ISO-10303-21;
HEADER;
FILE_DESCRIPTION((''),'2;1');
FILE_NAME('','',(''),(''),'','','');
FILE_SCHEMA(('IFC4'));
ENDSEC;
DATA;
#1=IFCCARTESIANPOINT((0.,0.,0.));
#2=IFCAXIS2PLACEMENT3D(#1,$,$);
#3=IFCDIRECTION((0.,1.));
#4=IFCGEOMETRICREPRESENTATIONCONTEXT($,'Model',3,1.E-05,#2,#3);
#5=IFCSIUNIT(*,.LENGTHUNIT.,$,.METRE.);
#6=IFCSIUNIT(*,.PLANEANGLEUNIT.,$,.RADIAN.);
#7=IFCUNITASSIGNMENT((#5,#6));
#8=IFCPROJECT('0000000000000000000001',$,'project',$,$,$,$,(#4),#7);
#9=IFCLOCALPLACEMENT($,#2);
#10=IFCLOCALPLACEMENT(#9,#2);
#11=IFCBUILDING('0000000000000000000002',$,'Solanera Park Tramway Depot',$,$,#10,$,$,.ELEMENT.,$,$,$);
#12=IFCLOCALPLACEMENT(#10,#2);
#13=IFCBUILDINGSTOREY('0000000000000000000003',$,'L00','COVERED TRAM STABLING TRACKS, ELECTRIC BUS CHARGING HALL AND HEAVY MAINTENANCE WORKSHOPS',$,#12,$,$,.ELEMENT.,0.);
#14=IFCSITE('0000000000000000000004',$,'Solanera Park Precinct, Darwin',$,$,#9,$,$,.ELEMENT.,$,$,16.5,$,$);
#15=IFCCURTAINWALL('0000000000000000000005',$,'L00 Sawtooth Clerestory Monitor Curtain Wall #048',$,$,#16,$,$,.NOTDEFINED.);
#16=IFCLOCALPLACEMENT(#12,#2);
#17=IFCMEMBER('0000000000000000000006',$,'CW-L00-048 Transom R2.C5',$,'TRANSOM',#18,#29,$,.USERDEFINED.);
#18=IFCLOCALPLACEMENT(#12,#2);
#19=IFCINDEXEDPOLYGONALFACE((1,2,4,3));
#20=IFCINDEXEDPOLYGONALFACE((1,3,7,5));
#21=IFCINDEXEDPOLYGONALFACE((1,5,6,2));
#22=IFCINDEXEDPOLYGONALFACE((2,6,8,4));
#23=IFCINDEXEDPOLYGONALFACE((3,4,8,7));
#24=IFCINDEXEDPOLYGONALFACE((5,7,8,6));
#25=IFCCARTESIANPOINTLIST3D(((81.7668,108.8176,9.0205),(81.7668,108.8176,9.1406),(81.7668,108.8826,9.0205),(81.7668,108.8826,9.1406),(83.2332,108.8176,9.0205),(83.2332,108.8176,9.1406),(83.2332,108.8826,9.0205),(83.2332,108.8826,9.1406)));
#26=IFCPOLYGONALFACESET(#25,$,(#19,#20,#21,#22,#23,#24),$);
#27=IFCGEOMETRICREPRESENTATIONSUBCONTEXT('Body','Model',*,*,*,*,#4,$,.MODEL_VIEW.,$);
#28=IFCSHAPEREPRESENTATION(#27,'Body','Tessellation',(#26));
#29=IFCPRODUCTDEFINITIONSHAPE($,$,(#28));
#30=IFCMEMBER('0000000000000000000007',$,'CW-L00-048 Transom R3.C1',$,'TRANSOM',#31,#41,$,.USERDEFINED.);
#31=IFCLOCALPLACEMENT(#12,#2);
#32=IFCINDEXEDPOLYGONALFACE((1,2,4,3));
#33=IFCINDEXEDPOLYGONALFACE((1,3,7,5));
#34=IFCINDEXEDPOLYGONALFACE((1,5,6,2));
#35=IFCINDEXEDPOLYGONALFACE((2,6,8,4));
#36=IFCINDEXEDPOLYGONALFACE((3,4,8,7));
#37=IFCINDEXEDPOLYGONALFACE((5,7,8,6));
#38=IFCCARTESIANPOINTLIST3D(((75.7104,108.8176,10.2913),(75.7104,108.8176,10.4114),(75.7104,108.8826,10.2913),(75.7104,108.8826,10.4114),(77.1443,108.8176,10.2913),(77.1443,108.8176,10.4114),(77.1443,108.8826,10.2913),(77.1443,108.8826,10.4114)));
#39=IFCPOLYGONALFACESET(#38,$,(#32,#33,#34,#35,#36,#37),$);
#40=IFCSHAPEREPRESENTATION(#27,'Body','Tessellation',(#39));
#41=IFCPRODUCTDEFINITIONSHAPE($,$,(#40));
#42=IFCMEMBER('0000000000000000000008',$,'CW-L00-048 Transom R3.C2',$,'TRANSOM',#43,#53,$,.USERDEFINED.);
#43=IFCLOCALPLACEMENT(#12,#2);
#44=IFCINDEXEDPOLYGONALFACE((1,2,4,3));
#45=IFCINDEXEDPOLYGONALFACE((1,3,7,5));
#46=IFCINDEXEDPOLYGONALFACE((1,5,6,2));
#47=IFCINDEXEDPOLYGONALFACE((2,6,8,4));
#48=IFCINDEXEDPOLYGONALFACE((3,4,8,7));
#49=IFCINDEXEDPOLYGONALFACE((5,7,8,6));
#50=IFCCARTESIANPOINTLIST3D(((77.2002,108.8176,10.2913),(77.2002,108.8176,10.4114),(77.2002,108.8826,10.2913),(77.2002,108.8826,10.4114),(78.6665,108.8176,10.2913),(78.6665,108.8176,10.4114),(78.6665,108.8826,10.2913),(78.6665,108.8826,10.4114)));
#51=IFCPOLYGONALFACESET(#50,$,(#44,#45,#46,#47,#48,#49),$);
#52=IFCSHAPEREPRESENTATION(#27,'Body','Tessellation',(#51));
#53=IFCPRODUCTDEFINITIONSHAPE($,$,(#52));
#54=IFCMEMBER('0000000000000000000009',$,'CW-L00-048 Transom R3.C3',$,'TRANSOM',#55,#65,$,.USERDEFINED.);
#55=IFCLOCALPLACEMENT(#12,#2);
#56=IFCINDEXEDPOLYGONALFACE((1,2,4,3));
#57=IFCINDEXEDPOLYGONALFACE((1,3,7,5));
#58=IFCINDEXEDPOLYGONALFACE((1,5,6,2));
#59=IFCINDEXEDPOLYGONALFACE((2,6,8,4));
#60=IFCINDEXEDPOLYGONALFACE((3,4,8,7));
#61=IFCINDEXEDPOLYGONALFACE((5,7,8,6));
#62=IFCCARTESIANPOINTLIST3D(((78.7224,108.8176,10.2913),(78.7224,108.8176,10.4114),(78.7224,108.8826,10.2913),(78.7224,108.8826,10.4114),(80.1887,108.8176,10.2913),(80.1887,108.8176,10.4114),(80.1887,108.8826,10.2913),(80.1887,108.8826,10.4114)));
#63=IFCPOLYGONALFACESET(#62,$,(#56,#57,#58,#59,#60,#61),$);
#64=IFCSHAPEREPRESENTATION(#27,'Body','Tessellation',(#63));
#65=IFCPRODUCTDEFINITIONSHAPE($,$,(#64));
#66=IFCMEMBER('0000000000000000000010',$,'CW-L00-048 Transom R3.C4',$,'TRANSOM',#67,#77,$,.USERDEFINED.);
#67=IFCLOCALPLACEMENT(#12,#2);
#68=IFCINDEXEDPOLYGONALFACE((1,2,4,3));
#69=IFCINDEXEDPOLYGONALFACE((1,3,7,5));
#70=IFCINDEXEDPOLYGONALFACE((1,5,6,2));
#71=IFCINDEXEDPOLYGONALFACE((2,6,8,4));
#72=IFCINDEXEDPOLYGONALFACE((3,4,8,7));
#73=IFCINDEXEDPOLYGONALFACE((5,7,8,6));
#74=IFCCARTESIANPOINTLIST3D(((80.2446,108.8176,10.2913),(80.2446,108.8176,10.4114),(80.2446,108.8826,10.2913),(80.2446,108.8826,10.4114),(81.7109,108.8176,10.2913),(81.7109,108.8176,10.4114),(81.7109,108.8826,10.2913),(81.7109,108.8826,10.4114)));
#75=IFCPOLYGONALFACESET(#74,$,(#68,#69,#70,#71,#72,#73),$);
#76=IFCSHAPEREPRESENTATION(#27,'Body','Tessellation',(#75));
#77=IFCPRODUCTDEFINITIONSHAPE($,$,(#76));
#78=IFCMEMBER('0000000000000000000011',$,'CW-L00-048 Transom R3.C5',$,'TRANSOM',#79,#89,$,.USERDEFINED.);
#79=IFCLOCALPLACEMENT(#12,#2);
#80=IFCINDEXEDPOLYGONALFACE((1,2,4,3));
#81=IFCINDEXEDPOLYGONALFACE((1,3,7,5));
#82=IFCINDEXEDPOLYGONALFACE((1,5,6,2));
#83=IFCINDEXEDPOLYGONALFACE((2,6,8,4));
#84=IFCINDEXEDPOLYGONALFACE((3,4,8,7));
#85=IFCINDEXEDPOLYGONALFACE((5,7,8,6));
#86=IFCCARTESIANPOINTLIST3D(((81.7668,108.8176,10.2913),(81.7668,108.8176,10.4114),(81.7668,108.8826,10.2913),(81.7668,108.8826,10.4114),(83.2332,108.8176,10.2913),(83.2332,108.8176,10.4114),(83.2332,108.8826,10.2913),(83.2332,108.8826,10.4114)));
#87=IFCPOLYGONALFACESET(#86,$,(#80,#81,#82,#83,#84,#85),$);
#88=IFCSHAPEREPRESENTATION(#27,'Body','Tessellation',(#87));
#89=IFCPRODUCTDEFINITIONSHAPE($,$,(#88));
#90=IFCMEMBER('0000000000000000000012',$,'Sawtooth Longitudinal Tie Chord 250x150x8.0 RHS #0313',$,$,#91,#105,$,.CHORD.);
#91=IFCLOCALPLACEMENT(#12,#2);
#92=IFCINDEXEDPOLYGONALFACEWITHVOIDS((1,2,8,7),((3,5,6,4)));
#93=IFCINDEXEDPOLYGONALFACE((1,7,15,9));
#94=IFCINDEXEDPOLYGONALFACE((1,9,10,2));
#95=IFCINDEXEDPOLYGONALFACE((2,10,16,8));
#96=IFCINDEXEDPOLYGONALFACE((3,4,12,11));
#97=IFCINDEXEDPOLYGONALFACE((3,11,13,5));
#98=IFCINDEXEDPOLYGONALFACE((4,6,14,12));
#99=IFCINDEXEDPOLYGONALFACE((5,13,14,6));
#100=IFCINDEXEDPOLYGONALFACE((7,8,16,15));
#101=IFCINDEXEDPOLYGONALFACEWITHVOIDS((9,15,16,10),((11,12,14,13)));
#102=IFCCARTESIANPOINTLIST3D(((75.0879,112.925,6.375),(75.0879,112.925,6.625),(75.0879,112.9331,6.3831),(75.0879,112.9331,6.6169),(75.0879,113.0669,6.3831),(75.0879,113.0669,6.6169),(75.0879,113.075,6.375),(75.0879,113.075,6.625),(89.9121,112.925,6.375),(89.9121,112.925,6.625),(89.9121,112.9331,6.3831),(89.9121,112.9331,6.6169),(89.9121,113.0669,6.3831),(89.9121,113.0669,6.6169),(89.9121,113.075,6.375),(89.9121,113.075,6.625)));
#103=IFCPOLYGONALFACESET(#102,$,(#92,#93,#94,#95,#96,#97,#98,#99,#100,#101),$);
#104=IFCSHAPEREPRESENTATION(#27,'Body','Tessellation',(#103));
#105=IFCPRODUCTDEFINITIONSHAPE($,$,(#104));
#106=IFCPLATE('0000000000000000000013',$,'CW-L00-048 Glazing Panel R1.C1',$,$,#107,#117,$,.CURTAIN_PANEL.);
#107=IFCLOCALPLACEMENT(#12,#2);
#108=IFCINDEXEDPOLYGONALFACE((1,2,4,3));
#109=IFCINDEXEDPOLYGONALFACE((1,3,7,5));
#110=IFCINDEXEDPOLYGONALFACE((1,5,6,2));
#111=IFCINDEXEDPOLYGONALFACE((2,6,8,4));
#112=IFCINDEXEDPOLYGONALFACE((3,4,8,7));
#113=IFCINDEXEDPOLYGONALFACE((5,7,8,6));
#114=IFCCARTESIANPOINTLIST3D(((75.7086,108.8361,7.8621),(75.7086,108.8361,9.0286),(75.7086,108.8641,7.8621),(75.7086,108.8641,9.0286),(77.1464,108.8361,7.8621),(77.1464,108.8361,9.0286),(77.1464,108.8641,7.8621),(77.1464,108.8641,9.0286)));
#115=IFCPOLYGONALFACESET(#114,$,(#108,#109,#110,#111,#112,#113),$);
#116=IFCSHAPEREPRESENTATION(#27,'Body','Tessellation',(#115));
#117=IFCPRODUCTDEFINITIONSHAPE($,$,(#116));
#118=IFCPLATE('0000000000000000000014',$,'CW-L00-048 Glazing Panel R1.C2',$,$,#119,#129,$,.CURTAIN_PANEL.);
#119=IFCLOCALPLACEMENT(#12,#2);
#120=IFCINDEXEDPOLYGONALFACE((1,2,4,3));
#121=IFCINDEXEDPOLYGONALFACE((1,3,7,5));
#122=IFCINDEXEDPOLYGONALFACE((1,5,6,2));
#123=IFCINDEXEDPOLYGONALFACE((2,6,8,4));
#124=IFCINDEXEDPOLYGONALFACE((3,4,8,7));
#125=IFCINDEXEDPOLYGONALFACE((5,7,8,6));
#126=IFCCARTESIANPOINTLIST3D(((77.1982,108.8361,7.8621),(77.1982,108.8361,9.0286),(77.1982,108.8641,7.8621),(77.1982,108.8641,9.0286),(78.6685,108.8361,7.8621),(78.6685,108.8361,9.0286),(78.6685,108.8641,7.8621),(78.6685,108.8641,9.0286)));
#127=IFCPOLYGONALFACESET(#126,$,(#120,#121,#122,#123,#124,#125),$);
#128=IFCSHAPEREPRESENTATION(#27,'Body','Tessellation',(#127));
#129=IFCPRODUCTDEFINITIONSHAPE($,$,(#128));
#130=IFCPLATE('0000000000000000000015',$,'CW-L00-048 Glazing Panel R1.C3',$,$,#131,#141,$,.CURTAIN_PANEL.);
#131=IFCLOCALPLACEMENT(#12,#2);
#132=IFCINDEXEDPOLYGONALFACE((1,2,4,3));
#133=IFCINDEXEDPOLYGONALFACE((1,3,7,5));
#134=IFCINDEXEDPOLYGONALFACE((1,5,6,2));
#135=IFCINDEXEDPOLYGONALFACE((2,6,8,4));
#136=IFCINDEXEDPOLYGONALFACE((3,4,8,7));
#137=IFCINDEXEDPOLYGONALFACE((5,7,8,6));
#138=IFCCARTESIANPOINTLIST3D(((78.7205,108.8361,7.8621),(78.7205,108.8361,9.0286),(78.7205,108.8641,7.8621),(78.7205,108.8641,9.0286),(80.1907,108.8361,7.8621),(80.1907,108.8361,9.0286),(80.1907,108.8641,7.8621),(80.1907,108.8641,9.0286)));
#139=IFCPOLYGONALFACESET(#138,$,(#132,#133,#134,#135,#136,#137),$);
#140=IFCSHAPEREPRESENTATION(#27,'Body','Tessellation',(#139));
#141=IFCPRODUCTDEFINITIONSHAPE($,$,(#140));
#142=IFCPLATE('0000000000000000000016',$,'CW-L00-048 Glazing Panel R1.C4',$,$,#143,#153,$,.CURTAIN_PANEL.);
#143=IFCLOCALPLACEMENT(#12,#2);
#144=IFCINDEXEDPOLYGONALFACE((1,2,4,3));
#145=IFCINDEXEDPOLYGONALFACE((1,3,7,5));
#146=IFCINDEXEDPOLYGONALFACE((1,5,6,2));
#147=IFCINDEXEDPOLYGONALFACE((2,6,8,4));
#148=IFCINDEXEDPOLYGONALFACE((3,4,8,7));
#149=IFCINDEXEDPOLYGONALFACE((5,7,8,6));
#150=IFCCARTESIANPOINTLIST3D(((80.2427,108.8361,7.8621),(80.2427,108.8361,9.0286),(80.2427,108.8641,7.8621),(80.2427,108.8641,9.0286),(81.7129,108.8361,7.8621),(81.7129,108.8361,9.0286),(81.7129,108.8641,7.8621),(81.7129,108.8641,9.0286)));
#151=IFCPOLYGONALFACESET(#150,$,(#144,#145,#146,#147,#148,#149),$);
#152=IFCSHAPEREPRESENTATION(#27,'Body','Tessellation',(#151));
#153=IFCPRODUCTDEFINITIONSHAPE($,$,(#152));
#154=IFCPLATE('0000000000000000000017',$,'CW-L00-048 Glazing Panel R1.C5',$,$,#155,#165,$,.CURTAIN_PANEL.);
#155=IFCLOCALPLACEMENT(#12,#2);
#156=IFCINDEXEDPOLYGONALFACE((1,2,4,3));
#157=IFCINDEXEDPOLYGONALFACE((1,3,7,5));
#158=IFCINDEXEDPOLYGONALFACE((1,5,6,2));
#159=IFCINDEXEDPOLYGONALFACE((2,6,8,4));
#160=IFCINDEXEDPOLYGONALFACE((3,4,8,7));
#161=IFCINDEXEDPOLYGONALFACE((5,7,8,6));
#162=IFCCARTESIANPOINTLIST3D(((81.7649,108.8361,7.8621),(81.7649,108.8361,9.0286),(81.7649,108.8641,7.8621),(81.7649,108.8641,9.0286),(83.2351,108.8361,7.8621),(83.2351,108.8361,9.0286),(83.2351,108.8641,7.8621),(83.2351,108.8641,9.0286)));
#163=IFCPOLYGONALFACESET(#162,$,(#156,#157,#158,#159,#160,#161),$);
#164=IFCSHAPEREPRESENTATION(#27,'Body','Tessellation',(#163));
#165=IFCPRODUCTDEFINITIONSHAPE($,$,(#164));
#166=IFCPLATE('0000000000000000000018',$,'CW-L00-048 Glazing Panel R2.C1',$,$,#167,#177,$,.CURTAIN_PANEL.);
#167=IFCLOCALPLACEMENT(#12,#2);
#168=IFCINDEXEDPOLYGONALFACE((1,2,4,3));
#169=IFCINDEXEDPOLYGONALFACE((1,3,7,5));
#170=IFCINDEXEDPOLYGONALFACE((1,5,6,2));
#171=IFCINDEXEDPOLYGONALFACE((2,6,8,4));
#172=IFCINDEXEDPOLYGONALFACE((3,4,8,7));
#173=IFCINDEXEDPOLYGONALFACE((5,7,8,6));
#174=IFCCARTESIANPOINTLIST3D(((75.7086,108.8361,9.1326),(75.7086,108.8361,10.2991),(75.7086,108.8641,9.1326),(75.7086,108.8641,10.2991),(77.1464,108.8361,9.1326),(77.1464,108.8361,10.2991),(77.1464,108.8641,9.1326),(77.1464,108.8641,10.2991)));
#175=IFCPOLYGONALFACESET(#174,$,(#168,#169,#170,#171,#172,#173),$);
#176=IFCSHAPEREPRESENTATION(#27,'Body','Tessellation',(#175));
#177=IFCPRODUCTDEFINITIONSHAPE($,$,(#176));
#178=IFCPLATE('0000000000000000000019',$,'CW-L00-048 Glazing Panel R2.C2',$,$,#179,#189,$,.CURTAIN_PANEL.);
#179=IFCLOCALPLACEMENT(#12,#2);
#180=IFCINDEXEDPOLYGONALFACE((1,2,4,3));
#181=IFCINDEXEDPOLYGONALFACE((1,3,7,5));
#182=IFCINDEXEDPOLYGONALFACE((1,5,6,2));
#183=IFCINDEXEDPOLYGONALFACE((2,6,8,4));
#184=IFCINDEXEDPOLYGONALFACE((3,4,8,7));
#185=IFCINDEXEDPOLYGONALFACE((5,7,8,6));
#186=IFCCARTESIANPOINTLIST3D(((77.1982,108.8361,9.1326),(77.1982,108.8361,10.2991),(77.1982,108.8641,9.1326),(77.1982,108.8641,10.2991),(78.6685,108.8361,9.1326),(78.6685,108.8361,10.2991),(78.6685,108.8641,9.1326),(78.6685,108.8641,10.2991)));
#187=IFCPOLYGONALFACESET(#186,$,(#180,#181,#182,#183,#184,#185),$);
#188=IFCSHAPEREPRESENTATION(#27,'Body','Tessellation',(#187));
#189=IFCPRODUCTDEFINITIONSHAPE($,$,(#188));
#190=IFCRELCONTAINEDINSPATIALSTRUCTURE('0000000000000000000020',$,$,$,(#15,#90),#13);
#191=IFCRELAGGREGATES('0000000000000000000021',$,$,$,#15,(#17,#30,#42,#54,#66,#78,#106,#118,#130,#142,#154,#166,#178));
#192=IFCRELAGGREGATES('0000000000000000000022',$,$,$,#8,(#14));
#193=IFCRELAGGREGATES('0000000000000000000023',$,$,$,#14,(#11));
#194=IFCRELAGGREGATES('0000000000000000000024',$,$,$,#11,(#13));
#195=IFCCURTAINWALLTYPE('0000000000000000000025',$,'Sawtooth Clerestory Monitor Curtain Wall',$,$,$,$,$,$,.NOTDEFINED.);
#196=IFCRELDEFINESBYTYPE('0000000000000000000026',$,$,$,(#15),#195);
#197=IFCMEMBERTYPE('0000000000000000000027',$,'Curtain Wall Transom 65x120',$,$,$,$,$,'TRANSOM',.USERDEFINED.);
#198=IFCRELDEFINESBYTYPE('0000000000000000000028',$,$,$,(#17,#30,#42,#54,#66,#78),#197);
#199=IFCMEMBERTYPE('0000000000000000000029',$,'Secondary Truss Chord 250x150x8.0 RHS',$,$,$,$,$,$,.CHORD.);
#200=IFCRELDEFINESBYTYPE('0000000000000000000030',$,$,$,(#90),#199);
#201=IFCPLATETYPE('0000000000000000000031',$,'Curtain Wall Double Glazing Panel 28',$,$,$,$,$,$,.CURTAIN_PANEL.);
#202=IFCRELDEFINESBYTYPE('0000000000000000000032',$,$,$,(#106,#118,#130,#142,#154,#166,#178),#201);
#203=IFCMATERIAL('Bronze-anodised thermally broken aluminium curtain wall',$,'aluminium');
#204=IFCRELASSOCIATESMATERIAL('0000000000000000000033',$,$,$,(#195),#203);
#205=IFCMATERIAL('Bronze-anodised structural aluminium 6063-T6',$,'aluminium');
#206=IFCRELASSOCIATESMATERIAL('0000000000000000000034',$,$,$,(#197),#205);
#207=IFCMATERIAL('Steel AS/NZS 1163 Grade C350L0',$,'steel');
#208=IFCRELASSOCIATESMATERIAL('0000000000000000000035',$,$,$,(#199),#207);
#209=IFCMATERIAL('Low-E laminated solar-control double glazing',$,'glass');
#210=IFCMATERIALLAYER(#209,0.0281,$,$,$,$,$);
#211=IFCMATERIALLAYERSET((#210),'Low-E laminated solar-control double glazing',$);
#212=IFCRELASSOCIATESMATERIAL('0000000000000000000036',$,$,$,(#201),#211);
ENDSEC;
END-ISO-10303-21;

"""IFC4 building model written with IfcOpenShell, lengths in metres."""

from ifc_helpers import new_model, si_unit, direction, frame, origin, origin_2d, place, context, subcontext, project, spatial, rectangle, hollow_rectangle, extrude, material, layer, layer_set, material_profile, profile_set, type_object, element, aggregate, save


model = new_model("IFC4")

# Units and contexts
model_context = context("Model", 3, precision=1e-05, world=origin(), true_north=direction((0.0, 1.0)))
body_context = subcontext(model_context, "Body", "Model", "MODEL_VIEW")
ifc_project = project(units=[si_unit("LENGTHUNIT", "METRE"), si_unit("PLANEANGLEUNIT", "RADIAN")], contexts=[model_context])

# Site, building, storey
site_placement = place(None, origin())
site = spatial("IfcSite", under=ifc_project, at=site_placement, Name="Solanera Park Precinct, Darwin", CompositionType="ELEMENT", RefElevation=16.5)
building_placement = place(site_placement, origin())
building = spatial("IfcBuilding", under=site, at=building_placement, Name="Solanera Park Tramway Depot", CompositionType="ELEMENT")
storey_placement = place(building_placement, origin())
storey = spatial("IfcBuildingStorey", under=building, at=storey_placement, Name="L00", Description="COVERED TRAM STABLING TRACKS, ELECTRIC BUS CHARGING HALL AND HEAVY MAINTENANCE WORKSHOPS", CompositionType="ELEMENT", Elevation=0.0)

# Curtain wall, members
ifc_material_1 = material(Name="Bronze-anodised thermally broken aluminium curtain wall", Category="aluminium")
curtain_wall_type = type_object("IfcCurtainWallType", Name="Sawtooth Clerestory Monitor Curtain Wall", PredefinedType="NOTDEFINED", material=ifc_material_1)
curtain_wall_placement = place(storey_placement, origin())
curtain_wall = element("IfcCurtainWall", 1, at=curtain_wall_placement, inside=storey, type_object=curtain_wall_type, Name="L00 Sawtooth Clerestory Monitor Curtain Wall #048", PredefinedType="NOTDEFINED")
ifc_material_2 = material(Name="Bronze-anodised structural aluminium 6063-T6", Category="aluminium")
ifc_material_profile_1 = material_profile(ifc_material_2, rectangle(XDim=0.0649, YDim=0.1201, at=origin_2d()), Name="Curtain Wall Transom 65x120")
ifc_profile_set_1 = profile_set([ifc_material_profile_1], Name="Bronze-anodised structural aluminium 6063-T6")
member_type_1 = type_object("IfcMemberType", Name="Curtain Wall Transom 65x120", ElementType="TRANSOM", PredefinedType="USERDEFINED", material=ifc_profile_set_1)
member_1_placement = place(storey_placement, frame((81.7668, 108.8501, 9.0806), z_axis=(1.0, 0.0, 0.0), x_axis=(0.0, 1.0, 0.0)))
member_1 = element("IfcMember", 2, at=member_1_placement, type_object=member_type_1, Name="CW-L00-048 Transom R2.C5", ObjectType="TRANSOM", PredefinedType="USERDEFINED", context=body_context, shape_type="SweptSolid", body=[
    extrude(rectangle(XDim=0.0649, YDim=0.1201, at=origin_2d()), origin(), (0.0, 0.0, 1.0), 1.4663),
])
member_2_placement = place(storey_placement, frame((75.7104, 108.8501, 10.3513), z_axis=(1.0, 0.0, 0.0), x_axis=(0.0, 1.0, 0.0)))
member_2 = element("IfcMember", 3, at=member_2_placement, type_object=member_type_1, Name="CW-L00-048 Transom R3.C1", ObjectType="TRANSOM", PredefinedType="USERDEFINED", context=body_context, shape_type="SweptSolid", body=[
    extrude(rectangle(XDim=0.0649, YDim=0.1201, at=origin_2d()), origin(), (0.0, 0.0, 1.0), 1.4338),
])
member_3_placement = place(storey_placement, frame((77.2002, 108.8501, 10.3513), z_axis=(1.0, 0.0, 0.0), x_axis=(0.0, 1.0, 0.0)))
member_3 = element("IfcMember", 4, at=member_3_placement, type_object=member_type_1, Name="CW-L00-048 Transom R3.C2", ObjectType="TRANSOM", PredefinedType="USERDEFINED", context=body_context, shape_type="SweptSolid", body=[
    extrude(rectangle(XDim=0.0649, YDim=0.1201, at=origin_2d()), origin(), (0.0, 0.0, 1.0), 1.4663),
])
member_4_placement = place(storey_placement, frame((78.7224, 108.8501, 10.3513), z_axis=(1.0, 0.0, 0.0), x_axis=(0.0, 1.0, 0.0)))
member_4 = element("IfcMember", 5, at=member_4_placement, type_object=member_type_1, Name="CW-L00-048 Transom R3.C3", ObjectType="TRANSOM", PredefinedType="USERDEFINED", context=body_context, shape_type="SweptSolid", body=[
    extrude(rectangle(XDim=0.0649, YDim=0.1201, at=origin_2d()), origin(), (0.0, 0.0, 1.0), 1.4663),
])
member_5_placement = place(storey_placement, frame((80.2446, 108.8501, 10.3513), z_axis=(1.0, 0.0, 0.0), x_axis=(0.0, 1.0, 0.0)))
member_5 = element("IfcMember", 6, at=member_5_placement, type_object=member_type_1, Name="CW-L00-048 Transom R3.C4", ObjectType="TRANSOM", PredefinedType="USERDEFINED", context=body_context, shape_type="SweptSolid", body=[
    extrude(rectangle(XDim=0.0649, YDim=0.1201, at=origin_2d()), origin(), (0.0, 0.0, 1.0), 1.4663),
])
member_6_placement = place(storey_placement, frame((81.7668, 108.8501, 10.3513), z_axis=(1.0, 0.0, 0.0), x_axis=(0.0, 1.0, 0.0)))
member_6 = element("IfcMember", 7, at=member_6_placement, type_object=member_type_1, Name="CW-L00-048 Transom R3.C5", ObjectType="TRANSOM", PredefinedType="USERDEFINED", context=body_context, shape_type="SweptSolid", body=[
    extrude(rectangle(XDim=0.0649, YDim=0.1201, at=origin_2d()), origin(), (0.0, 0.0, 1.0), 1.4663),
])

# Member
ifc_material_3 = material(Name="Steel AS/NZS 1163 Grade C350L0", Category="steel")
ifc_material_profile_2 = material_profile(ifc_material_3, hollow_rectangle(XDim=0.1499, YDim=0.25, WallThickness=0.0081, at=origin_2d()), Name="250x150x8.0 RHS")
ifc_profile_set_2 = profile_set([ifc_material_profile_2], Name="Steel AS/NZS 1163 Grade C350L0")
member_type_2 = type_object("IfcMemberType", Name="Secondary Truss Chord 250x150x8.0 RHS", PredefinedType="CHORD", material=ifc_profile_set_2)
member_7_placement = place(storey_placement, frame((75.0879, 113.0, 6.5), z_axis=(1.0, 0.0, 0.0), x_axis=(0.0, 1.0, 0.0)))
element("IfcMember", 8, at=member_7_placement, inside=storey, type_object=member_type_2, Name="Sawtooth Longitudinal Tie Chord 250x150x8.0 RHS #0313", PredefinedType="CHORD", context=body_context, shape_type="SweptSolid", body=[
    extrude(hollow_rectangle(XDim=0.1499, YDim=0.25, WallThickness=0.0081, at=origin_2d()), origin(), (0.0, 0.0, 1.0), 14.8242),
])

# Plates
ifc_material_4 = material(Name="Low-E laminated solar-control double glazing", Category="glass")
ifc_layer_1 = layer(ifc_material_4, 0.0281)
ifc_layer_set_1 = layer_set([ifc_layer_1], Name="Low-E laminated solar-control double glazing")
plate_type_1 = type_object("IfcPlateType", Name="Curtain Wall Double Glazing Panel 28", PredefinedType="CURTAIN_PANEL", material=ifc_layer_set_1)
plate_1_placement = place(storey_placement, frame((76.4275, 108.8501, 7.8621), z_axis=(0.0, 0.0, 1.0), x_axis=(1.0, 0.0, 0.0)))
plate_1 = element("IfcPlate", 9, at=plate_1_placement, type_object=plate_type_1, Name="CW-L00-048 Glazing Panel R1.C1", PredefinedType="CURTAIN_PANEL", context=body_context, shape_type="SweptSolid", body=[
    extrude(rectangle(XDim=1.4377, YDim=0.0281, at=origin_2d()), origin(), (0.0, 0.0, 1.0), 1.1665),
])
plate_2_placement = place(storey_placement, frame((77.9333, 108.8501, 7.8621), z_axis=(0.0, 0.0, 1.0), x_axis=(1.0, 0.0, 0.0)))
plate_2 = element("IfcPlate", 10, at=plate_2_placement, type_object=plate_type_1, Name="CW-L00-048 Glazing Panel R1.C2", PredefinedType="CURTAIN_PANEL", context=body_context, shape_type="SweptSolid", body=[
    extrude(rectangle(XDim=1.4702, YDim=0.0281, at=origin_2d()), origin(), (0.0, 0.0, 1.0), 1.1665),
])
plate_3_placement = place(storey_placement, frame((79.4556, 108.8501, 7.8621), z_axis=(0.0, 0.0, 1.0), x_axis=(1.0, 0.0, 0.0)))
plate_3 = element("IfcPlate", 11, at=plate_3_placement, type_object=plate_type_1, Name="CW-L00-048 Glazing Panel R1.C3", PredefinedType="CURTAIN_PANEL", context=body_context, shape_type="SweptSolid", body=[
    extrude(rectangle(XDim=1.4702, YDim=0.0281, at=origin_2d()), origin(), (0.0, 0.0, 1.0), 1.1665),
])
plate_4_placement = place(storey_placement, frame((80.9778, 108.8501, 7.8621), z_axis=(0.0, 0.0, 1.0), x_axis=(1.0, 0.0, 0.0)))
plate_4 = element("IfcPlate", 12, at=plate_4_placement, type_object=plate_type_1, Name="CW-L00-048 Glazing Panel R1.C4", PredefinedType="CURTAIN_PANEL", context=body_context, shape_type="SweptSolid", body=[
    extrude(rectangle(XDim=1.4702, YDim=0.0281, at=origin_2d()), origin(), (0.0, 0.0, 1.0), 1.1665),
])
plate_5_placement = place(storey_placement, frame((82.5, 108.8501, 7.8621), z_axis=(0.0, 0.0, 1.0), x_axis=(1.0, 0.0, 0.0)))
plate_5 = element("IfcPlate", 13, at=plate_5_placement, type_object=plate_type_1, Name="CW-L00-048 Glazing Panel R1.C5", PredefinedType="CURTAIN_PANEL", context=body_context, shape_type="SweptSolid", body=[
    extrude(rectangle(XDim=1.4702, YDim=0.0281, at=origin_2d()), origin(), (0.0, 0.0, 1.0), 1.1665),
])
plate_6_placement = place(storey_placement, frame((76.4275, 108.8501, 9.1326), z_axis=(0.0, 0.0, 1.0), x_axis=(1.0, 0.0, 0.0)))
plate_6 = element("IfcPlate", 14, at=plate_6_placement, type_object=plate_type_1, Name="CW-L00-048 Glazing Panel R2.C1", PredefinedType="CURTAIN_PANEL", context=body_context, shape_type="SweptSolid", body=[
    extrude(rectangle(XDim=1.4377, YDim=0.0281, at=origin_2d()), origin(), (0.0, 0.0, 1.0), 1.1665),
])
plate_7_placement = place(storey_placement, frame((77.9333, 108.8501, 9.1326), z_axis=(0.0, 0.0, 1.0), x_axis=(1.0, 0.0, 0.0)))
plate_7 = element("IfcPlate", 15, at=plate_7_placement, type_object=plate_type_1, Name="CW-L00-048 Glazing Panel R2.C2", PredefinedType="CURTAIN_PANEL", context=body_context, shape_type="SweptSolid", body=[
    extrude(rectangle(XDim=1.4702, YDim=0.0281, at=origin_2d()), origin(), (0.0, 0.0, 1.0), 1.1665),
])
aggregate(curtain_wall, [member_1, member_2, member_3, member_4, member_5, member_6, plate_1, plate_2, plate_3, plate_4, plate_5, plate_6, plate_7])

save(model, "model.ifc")
